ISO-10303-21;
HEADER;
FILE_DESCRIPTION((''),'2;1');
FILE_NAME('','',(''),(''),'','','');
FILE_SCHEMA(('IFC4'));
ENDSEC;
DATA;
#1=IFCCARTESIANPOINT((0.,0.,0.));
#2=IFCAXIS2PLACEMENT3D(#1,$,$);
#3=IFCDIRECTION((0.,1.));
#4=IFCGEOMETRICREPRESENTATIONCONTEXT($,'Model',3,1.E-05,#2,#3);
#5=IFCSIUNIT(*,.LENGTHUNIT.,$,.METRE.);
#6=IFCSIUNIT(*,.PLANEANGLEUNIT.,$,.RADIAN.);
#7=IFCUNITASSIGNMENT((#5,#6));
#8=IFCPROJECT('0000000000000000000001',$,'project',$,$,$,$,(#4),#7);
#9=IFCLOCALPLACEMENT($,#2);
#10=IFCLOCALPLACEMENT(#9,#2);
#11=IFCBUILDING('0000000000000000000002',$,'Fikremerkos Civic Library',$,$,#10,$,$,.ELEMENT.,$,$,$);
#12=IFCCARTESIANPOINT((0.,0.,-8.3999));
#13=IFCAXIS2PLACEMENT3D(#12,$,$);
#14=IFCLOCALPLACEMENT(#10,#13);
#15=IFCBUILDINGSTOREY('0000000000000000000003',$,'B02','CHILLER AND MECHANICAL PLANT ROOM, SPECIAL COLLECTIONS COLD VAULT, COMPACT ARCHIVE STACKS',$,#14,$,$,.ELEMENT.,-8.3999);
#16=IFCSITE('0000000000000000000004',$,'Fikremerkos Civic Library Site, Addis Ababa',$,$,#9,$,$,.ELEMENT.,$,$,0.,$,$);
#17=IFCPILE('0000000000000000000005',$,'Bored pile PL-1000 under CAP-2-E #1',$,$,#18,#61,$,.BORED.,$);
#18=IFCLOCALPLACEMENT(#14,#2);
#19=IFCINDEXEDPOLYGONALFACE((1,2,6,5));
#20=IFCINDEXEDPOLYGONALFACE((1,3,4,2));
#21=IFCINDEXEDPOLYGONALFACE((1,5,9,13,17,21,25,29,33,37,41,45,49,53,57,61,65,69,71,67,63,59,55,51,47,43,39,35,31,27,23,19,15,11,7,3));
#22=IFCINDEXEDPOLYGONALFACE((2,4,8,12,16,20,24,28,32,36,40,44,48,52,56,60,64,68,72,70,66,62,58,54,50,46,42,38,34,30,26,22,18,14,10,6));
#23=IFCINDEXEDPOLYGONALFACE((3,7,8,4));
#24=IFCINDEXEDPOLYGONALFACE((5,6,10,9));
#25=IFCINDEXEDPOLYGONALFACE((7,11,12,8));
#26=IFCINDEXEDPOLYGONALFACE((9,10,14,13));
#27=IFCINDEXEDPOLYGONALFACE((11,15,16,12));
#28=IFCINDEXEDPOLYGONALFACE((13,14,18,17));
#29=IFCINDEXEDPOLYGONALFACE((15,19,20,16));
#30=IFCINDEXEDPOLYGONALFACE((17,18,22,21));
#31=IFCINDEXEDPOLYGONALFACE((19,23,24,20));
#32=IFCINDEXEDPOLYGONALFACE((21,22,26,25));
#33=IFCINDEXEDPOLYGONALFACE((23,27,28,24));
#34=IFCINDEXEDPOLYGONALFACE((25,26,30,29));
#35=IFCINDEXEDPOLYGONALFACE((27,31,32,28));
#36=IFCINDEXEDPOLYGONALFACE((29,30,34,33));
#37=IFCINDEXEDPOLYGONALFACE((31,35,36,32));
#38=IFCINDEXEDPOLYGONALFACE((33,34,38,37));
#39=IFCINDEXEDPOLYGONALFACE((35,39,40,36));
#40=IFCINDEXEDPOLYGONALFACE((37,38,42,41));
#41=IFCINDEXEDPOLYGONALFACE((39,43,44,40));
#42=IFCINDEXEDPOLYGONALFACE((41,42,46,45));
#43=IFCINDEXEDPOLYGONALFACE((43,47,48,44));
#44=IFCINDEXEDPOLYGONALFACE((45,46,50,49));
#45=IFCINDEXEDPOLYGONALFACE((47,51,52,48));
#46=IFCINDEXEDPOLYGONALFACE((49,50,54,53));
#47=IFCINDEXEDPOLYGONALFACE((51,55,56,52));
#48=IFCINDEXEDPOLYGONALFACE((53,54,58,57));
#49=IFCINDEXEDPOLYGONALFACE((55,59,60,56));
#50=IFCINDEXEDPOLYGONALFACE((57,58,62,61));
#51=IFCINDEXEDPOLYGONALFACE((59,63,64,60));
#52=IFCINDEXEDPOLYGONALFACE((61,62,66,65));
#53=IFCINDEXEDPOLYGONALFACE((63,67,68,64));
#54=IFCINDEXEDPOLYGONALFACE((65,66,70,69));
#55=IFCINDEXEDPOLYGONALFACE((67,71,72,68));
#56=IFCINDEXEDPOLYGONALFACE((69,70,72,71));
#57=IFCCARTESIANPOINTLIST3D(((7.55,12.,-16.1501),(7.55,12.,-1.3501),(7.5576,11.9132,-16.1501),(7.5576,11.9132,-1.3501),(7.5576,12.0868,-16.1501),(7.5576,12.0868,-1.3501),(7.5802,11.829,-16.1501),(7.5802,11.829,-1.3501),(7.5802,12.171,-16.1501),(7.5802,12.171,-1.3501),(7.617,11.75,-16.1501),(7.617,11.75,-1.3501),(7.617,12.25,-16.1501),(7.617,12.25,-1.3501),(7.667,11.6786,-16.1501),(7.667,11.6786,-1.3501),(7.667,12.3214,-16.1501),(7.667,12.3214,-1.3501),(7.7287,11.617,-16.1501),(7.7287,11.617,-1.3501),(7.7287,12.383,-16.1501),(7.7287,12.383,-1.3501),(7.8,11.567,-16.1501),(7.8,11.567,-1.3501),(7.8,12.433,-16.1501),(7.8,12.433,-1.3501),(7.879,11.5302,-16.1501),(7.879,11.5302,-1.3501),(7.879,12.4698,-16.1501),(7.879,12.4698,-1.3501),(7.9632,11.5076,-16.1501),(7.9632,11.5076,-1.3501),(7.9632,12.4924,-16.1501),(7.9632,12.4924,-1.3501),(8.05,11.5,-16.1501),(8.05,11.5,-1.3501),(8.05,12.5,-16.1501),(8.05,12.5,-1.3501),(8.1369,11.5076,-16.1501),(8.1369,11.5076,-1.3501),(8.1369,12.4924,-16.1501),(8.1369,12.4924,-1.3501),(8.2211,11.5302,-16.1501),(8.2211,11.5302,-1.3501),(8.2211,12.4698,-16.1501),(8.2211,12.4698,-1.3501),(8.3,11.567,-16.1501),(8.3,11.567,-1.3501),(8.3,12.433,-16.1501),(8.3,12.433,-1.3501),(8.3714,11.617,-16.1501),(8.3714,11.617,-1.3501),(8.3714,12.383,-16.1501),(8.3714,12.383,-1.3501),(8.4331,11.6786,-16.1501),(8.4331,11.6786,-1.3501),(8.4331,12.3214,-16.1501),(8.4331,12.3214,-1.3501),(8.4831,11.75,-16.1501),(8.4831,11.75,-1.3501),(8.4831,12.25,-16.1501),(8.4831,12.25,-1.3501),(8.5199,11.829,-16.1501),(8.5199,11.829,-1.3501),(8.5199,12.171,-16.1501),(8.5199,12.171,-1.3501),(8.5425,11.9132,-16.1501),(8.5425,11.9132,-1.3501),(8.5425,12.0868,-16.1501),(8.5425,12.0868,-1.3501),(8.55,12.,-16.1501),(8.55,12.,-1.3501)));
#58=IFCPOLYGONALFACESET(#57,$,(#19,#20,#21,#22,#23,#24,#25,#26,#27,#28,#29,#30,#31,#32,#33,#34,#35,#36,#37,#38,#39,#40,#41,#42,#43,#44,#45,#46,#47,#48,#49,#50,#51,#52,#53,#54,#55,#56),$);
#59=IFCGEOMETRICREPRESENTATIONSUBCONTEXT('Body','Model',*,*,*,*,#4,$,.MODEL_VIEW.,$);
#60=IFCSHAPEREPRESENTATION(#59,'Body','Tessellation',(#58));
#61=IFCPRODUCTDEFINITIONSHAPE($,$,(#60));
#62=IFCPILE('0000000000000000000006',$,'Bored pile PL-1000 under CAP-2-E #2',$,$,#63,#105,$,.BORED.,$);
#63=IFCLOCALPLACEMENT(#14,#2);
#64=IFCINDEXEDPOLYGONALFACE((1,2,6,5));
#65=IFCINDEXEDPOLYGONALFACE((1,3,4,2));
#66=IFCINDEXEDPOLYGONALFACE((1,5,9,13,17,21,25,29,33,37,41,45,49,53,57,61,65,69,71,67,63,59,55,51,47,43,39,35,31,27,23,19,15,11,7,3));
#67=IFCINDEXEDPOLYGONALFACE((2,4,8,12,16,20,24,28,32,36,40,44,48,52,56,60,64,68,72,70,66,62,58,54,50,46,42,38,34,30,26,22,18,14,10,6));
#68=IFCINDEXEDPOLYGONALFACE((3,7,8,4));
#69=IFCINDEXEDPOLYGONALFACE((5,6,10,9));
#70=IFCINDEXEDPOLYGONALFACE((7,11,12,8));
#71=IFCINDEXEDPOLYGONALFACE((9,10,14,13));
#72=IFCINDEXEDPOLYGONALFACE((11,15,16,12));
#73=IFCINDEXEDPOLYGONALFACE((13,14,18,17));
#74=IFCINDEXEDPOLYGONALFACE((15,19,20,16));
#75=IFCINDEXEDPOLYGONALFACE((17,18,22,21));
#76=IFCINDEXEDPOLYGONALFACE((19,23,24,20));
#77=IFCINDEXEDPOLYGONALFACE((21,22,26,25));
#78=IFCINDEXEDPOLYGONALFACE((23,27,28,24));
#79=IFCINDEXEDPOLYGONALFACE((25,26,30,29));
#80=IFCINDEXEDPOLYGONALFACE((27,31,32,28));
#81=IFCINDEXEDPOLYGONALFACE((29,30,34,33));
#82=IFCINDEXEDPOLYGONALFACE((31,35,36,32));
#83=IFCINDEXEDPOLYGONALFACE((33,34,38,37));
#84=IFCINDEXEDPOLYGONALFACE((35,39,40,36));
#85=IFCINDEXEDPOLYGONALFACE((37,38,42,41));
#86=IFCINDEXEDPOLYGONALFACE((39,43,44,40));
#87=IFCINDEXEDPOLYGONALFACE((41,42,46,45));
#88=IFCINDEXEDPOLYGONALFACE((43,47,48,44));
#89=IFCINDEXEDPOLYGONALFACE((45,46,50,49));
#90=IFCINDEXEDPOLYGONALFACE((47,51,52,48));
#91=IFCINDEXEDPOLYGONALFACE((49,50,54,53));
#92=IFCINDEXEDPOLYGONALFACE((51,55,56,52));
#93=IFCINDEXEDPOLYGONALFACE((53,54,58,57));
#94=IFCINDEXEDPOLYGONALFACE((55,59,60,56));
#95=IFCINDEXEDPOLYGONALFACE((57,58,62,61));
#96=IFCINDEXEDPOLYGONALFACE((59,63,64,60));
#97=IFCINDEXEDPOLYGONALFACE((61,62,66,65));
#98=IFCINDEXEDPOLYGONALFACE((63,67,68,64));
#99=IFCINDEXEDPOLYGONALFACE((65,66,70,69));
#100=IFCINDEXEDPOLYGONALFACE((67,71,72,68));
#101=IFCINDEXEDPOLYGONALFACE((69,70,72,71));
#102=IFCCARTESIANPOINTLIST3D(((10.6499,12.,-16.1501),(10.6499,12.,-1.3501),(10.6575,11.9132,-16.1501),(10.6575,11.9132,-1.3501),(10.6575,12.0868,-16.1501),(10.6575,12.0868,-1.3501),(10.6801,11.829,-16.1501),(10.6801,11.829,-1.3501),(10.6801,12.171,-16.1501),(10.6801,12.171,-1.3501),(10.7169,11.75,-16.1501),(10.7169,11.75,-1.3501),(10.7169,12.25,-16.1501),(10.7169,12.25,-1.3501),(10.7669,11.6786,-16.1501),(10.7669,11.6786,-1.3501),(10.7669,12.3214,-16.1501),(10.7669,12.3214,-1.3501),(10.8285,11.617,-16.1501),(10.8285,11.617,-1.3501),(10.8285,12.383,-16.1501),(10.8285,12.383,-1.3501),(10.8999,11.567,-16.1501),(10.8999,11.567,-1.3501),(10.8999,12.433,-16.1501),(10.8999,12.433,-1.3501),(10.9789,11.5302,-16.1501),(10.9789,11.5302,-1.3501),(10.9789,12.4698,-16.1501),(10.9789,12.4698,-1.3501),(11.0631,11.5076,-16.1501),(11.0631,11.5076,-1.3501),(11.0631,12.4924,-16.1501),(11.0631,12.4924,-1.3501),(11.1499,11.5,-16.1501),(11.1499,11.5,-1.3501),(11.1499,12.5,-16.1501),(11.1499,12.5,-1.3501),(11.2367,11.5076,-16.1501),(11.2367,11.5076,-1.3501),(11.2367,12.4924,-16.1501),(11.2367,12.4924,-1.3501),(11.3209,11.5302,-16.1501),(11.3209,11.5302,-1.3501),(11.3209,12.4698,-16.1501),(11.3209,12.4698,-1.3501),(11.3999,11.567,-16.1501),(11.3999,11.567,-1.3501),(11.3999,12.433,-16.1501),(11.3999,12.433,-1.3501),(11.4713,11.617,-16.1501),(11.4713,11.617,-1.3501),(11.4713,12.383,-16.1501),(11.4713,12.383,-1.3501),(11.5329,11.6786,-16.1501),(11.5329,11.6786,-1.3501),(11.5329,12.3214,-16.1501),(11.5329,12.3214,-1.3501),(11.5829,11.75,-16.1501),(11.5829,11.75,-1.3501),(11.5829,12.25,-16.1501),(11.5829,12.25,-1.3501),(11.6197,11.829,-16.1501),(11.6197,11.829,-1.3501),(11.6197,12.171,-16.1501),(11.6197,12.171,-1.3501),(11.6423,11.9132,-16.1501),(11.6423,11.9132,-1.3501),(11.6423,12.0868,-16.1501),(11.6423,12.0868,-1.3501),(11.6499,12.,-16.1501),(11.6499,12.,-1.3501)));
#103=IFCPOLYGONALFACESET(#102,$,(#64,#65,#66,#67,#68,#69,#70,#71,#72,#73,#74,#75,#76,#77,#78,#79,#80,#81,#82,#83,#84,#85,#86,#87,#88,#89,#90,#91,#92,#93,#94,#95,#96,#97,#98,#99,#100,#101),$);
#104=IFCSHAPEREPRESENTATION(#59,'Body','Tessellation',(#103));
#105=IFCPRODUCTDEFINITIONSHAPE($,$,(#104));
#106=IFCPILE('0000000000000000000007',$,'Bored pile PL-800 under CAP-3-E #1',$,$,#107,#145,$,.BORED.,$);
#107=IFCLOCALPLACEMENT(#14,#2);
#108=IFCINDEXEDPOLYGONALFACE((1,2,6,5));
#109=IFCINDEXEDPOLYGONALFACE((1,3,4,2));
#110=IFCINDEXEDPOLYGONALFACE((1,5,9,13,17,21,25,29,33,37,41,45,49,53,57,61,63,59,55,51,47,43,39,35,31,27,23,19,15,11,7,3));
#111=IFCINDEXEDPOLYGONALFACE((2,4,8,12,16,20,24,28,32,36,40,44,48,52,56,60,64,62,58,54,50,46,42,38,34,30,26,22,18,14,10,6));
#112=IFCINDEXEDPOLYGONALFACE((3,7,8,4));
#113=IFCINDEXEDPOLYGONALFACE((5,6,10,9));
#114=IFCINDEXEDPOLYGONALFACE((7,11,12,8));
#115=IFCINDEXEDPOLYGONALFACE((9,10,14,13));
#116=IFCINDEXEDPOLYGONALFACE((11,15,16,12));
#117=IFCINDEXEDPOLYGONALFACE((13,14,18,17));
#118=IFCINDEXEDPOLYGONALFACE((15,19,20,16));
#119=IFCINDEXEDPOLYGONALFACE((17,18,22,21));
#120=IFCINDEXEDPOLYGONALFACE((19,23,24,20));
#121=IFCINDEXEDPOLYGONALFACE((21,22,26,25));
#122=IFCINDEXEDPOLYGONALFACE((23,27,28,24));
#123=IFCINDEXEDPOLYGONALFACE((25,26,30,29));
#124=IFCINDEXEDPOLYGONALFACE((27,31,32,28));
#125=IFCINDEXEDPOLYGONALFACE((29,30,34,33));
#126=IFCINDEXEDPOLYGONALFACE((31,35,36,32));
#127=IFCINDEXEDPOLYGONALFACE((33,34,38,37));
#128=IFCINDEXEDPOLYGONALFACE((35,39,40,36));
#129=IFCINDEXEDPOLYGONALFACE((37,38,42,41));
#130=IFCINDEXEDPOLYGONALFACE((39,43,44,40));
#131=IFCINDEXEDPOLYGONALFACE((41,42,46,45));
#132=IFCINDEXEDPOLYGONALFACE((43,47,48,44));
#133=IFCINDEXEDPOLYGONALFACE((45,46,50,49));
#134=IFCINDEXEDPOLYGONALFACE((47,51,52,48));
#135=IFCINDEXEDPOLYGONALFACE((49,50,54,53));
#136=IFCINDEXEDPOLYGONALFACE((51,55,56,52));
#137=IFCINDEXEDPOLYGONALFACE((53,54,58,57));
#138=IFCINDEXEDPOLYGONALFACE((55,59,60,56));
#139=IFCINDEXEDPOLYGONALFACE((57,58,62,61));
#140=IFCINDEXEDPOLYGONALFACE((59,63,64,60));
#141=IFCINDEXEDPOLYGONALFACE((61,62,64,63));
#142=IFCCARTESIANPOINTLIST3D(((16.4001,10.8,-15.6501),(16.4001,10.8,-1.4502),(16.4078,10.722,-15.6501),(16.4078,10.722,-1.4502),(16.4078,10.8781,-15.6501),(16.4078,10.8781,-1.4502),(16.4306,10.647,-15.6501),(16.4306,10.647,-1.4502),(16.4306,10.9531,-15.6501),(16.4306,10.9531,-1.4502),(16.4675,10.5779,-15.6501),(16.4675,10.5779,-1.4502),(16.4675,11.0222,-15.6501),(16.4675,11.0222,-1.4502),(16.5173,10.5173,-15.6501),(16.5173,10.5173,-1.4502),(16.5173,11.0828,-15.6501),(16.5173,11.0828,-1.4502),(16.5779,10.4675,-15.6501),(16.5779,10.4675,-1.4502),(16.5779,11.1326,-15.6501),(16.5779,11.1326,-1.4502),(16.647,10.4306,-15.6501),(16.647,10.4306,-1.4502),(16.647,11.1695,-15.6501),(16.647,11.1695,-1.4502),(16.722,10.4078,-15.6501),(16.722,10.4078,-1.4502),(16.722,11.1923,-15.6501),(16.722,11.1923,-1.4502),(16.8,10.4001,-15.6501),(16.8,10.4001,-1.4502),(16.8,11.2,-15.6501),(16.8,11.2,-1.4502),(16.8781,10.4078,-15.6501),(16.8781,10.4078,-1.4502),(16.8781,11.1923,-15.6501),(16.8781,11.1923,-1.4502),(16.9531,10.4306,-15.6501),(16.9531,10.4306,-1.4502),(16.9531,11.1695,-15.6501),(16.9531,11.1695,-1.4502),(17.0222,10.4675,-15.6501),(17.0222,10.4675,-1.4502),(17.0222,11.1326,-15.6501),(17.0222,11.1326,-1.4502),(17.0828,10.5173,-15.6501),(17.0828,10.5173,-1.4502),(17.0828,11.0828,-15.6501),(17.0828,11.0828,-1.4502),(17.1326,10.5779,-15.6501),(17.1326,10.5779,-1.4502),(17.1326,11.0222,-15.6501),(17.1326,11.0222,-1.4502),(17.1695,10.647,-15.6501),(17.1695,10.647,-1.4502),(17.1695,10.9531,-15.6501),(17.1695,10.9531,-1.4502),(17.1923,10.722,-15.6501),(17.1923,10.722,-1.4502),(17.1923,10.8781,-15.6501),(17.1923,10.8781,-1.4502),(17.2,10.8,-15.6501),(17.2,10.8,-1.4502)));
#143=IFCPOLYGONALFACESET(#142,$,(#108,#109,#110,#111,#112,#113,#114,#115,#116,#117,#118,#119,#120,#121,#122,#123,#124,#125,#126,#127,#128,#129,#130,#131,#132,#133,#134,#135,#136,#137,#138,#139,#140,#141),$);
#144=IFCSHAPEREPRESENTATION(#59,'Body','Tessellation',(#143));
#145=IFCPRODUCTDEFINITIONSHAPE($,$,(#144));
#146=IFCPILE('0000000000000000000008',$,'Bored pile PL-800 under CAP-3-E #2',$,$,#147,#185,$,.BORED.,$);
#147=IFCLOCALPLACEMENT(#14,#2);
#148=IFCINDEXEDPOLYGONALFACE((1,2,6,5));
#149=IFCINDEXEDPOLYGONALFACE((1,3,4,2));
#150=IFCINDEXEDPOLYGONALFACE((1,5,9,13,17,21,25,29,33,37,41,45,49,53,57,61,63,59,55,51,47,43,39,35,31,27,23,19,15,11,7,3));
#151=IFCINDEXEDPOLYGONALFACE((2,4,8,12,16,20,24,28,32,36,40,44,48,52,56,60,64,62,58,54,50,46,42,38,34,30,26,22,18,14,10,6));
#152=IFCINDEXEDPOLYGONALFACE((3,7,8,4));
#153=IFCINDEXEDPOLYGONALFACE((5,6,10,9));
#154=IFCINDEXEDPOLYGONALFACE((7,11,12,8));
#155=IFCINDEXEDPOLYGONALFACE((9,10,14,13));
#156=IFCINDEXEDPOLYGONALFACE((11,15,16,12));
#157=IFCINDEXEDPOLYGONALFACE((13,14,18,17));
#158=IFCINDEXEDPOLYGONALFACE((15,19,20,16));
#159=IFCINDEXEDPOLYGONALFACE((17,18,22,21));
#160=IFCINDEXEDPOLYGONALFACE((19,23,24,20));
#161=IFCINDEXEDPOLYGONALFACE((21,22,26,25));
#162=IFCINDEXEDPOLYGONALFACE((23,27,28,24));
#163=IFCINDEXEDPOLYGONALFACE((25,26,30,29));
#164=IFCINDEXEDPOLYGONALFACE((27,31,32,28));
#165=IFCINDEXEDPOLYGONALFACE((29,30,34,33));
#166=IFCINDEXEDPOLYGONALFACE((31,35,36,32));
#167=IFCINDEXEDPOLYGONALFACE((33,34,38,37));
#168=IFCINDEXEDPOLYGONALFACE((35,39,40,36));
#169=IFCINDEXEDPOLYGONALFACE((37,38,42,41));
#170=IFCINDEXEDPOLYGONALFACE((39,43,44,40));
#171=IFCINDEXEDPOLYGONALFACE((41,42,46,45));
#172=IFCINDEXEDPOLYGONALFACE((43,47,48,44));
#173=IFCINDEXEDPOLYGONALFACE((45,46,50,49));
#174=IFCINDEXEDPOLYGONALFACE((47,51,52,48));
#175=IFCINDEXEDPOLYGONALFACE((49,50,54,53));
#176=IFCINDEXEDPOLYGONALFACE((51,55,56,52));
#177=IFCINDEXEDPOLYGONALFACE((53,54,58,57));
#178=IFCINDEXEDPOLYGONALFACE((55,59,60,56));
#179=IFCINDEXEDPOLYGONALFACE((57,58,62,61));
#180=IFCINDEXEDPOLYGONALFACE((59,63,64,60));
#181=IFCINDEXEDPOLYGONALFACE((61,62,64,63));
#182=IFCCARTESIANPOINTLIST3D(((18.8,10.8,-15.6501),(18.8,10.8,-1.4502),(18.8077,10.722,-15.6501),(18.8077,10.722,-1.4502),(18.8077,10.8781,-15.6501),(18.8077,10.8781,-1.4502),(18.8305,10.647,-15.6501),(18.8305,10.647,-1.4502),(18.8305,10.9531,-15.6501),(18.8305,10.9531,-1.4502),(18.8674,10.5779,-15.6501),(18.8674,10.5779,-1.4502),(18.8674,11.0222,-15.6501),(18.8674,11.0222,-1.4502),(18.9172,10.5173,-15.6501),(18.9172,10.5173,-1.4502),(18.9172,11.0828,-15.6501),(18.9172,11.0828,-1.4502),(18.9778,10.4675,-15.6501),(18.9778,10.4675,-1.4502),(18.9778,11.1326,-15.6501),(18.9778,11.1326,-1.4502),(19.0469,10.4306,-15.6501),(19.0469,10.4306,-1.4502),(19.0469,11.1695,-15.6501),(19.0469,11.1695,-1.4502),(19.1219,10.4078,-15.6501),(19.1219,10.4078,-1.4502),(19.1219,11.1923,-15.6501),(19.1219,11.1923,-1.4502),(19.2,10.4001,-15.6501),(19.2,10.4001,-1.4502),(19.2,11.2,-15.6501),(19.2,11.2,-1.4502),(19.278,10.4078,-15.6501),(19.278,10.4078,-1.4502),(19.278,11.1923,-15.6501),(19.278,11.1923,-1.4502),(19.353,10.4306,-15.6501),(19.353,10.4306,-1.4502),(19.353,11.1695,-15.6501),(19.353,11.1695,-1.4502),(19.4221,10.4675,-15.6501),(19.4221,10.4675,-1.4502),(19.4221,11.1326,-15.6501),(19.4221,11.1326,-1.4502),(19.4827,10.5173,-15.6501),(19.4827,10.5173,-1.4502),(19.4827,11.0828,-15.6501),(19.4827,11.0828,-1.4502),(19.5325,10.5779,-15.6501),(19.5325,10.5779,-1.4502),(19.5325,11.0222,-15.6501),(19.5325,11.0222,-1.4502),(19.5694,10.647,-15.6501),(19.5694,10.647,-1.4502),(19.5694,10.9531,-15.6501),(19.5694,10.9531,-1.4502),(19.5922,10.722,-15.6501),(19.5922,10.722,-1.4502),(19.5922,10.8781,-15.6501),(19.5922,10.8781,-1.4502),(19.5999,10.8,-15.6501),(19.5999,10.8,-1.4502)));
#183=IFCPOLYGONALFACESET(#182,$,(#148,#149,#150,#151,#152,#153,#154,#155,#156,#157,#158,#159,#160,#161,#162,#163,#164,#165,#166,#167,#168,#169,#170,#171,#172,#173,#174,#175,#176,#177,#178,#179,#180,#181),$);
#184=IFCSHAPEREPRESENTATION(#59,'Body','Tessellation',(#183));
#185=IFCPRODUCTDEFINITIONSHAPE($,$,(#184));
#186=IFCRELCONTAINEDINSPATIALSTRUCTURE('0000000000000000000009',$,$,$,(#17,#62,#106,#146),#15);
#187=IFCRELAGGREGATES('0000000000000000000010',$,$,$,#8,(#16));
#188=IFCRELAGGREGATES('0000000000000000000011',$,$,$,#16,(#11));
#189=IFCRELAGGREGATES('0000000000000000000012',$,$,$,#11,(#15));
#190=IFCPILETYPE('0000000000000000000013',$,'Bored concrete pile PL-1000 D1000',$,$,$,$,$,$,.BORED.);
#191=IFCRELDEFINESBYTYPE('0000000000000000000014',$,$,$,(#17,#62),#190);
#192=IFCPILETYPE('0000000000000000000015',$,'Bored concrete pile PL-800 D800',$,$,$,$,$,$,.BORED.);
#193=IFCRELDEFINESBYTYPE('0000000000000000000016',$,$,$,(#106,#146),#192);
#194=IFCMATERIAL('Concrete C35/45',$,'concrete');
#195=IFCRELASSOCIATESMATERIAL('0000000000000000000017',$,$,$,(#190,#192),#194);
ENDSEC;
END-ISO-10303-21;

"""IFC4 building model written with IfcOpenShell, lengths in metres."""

from ifc_helpers import new_model, si_unit, direction, frame, origin, origin_2d, place, context, subcontext, project, spatial, circle, extrude, material, material_profile, profile_set, type_object, element, save


model = new_model("IFC4")

# Units and contexts
model_context = context("Model", 3, precision=1e-05, world=origin(), true_north=direction((0.0, 1.0)))
body_context = subcontext(model_context, "Body", "Model", "MODEL_VIEW")
ifc_project = project(units=[si_unit("LENGTHUNIT", "METRE"), si_unit("PLANEANGLEUNIT", "RADIAN")], contexts=[model_context])

# Site, building, storey
site_placement = place(None, origin())
site = spatial("IfcSite", under=ifc_project, at=site_placement, Name="Fikremerkos Civic Library Site, Addis Ababa", CompositionType="ELEMENT", RefElevation=0.0)
building_placement = place(site_placement, origin())
building = spatial("IfcBuilding", under=site, at=building_placement, Name="Fikremerkos Civic Library", CompositionType="ELEMENT")
storey_placement = place(building_placement, frame((0.0, 0.0, -8.3999)))
storey = spatial("IfcBuildingStorey", under=building, at=storey_placement, Name="B02", Description="CHILLER AND MECHANICAL PLANT ROOM, SPECIAL COLLECTIONS COLD VAULT, COMPACT ARCHIVE STACKS", CompositionType="ELEMENT", Elevation=-8.3999)

# Piles
ifc_material_1 = material(Name="Concrete C35/45", Category="concrete")
ifc_material_profile_1 = material_profile(ifc_material_1, circle(Radius=0.5, at=origin_2d()), Name="BORED PILE 1000")
ifc_profile_set_1 = profile_set([ifc_material_profile_1], Name="Concrete C35/45")
pile_type_1 = type_object("IfcPileType", Name="Bored concrete pile PL-1000 D1000", PredefinedType="BORED", material=ifc_profile_set_1)
for number, where, z_axis, x_axis, name in (
    (1, (8.05, 12.0, -1.3501), (0.0, 0.0, -1.0), (1.0, 0.0, 0.0), "Bored pile PL-1000 under CAP-2-E #1"),
    (2, (11.1499, 12.0, -1.3501), (0.0, 0.0, -1.0), (1.0, 0.0, 0.0), "Bored pile PL-1000 under CAP-2-E #2"),
):
    element("IfcPile", number, at=place(storey_placement, frame(where, z_axis=z_axis, x_axis=x_axis)), inside=storey, type_object=pile_type_1, Name=name, PredefinedType="BORED", context=body_context, shape_type="SweptSolid", body=[
        extrude(circle(Radius=0.5, at=origin_2d()), origin(), (0.0, 0.0, 1.0), 14.8),
    ])
ifc_material_profile_2 = material_profile(ifc_material_1, circle(Radius=0.3999, at=origin_2d()), Name="BORED PILE 800")
ifc_profile_set_2 = profile_set([ifc_material_profile_2], Name="Concrete C35/45")
pile_type_2 = type_object("IfcPileType", Name="Bored concrete pile PL-800 D800", PredefinedType="BORED", material=ifc_profile_set_2)
for number, where, z_axis, x_axis, name in (
    (3, (16.8, 10.8, -1.4502), (0.0, 0.0, -1.0), (1.0, 0.0, 0.0), "Bored pile PL-800 under CAP-3-E #1"),
    (4, (19.2, 10.8, -1.4502), (0.0, 0.0, -1.0), (1.0, 0.0, 0.0), "Bored pile PL-800 under CAP-3-E #2"),
):
    element("IfcPile", number, at=place(storey_placement, frame(where, z_axis=z_axis, x_axis=x_axis)), inside=storey, type_object=pile_type_2, Name=name, PredefinedType="BORED", context=body_context, shape_type="SweptSolid", body=[
        extrude(circle(Radius=0.3999, at=origin_2d()), origin(), (0.0, 0.0, 1.0), 14.2),
    ])

save(model, "model.ifc")
